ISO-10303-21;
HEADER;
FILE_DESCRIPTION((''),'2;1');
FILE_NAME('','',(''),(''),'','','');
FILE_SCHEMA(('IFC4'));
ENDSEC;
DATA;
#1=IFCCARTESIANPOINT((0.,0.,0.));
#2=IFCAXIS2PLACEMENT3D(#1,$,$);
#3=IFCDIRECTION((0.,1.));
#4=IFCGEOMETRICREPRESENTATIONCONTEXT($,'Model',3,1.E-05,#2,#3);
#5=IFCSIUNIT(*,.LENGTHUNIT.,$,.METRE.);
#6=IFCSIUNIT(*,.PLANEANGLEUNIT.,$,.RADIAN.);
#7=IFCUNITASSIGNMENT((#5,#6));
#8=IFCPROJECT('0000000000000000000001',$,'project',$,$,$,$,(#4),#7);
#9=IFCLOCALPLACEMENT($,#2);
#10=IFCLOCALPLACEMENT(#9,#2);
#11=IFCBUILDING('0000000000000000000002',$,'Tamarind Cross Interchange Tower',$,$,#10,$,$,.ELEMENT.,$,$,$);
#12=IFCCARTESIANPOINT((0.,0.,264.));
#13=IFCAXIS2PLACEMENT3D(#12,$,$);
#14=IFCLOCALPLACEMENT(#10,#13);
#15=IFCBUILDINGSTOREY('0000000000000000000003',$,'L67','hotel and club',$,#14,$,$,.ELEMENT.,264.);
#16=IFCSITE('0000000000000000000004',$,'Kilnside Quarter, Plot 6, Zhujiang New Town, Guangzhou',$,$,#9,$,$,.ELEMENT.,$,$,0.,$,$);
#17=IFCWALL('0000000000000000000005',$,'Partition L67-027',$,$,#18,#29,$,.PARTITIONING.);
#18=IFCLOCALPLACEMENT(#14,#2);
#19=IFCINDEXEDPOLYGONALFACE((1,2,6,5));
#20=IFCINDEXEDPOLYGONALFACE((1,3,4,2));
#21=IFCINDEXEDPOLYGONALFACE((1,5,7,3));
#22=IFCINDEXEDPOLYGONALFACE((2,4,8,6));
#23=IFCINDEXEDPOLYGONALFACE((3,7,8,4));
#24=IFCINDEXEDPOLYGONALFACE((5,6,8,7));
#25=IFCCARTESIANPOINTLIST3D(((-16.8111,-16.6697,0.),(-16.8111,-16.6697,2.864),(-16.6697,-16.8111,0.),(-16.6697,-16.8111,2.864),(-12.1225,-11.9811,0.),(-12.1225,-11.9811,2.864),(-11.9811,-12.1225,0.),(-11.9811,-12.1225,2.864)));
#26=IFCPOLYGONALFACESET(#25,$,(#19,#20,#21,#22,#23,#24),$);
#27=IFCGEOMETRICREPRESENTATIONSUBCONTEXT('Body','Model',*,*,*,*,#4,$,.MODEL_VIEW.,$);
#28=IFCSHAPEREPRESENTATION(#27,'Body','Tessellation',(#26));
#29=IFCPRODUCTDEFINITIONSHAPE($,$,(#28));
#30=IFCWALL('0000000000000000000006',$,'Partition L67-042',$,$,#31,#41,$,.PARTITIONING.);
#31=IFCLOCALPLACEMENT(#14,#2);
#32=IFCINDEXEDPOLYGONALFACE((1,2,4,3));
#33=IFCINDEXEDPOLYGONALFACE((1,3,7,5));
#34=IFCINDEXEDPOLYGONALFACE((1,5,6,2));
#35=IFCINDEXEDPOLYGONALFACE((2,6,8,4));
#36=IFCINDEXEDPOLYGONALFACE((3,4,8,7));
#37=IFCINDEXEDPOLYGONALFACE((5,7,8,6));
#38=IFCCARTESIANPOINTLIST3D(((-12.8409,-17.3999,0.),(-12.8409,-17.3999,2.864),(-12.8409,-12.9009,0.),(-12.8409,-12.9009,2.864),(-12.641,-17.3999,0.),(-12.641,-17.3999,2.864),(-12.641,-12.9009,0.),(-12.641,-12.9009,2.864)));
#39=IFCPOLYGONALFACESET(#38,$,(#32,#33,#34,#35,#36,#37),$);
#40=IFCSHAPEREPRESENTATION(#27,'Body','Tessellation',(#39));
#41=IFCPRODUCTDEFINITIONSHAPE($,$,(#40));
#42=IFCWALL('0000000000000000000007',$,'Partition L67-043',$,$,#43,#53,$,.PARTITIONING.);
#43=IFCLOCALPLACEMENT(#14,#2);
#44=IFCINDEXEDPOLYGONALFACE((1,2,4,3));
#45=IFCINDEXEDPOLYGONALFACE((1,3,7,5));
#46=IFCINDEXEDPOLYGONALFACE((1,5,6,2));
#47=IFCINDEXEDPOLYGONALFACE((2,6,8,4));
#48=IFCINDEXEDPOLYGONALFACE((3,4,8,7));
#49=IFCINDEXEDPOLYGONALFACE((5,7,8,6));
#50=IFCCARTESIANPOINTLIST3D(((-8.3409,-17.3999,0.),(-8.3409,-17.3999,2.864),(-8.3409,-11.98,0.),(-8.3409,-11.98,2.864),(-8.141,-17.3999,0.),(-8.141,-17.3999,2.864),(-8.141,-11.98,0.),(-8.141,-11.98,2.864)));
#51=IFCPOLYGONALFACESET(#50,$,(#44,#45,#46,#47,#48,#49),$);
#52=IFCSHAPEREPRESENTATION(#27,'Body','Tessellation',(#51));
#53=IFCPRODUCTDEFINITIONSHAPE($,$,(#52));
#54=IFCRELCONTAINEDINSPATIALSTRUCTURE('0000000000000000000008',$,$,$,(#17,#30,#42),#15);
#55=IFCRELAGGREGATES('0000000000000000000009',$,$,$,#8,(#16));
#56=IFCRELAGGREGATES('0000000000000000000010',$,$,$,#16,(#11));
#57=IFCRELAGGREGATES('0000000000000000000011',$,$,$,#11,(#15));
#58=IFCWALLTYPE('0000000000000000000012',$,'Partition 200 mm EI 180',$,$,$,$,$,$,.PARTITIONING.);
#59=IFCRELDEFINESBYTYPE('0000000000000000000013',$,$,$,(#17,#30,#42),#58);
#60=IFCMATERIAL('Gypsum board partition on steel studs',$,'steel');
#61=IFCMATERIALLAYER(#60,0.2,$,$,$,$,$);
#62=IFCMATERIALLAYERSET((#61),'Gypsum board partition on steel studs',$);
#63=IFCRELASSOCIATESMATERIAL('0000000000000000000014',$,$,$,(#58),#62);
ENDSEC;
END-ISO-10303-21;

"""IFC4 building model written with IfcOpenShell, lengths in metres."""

from ifc_helpers import new_model, si_unit, direction, frame, frame_2d, origin, place, context, subcontext, project, spatial, rectangle, extrude, material, layer, layer_set, type_object, element, save


model = new_model("IFC4")

# Units and contexts
model_context = context("Model", 3, precision=1e-05, world=origin(), true_north=direction((0.0, 1.0)))
body_context = subcontext(model_context, "Body", "Model", "MODEL_VIEW")
ifc_project = project(units=[si_unit("LENGTHUNIT", "METRE"), si_unit("PLANEANGLEUNIT", "RADIAN")], contexts=[model_context])

# Site, building, storey
site_placement = place(None, origin())
site = spatial("IfcSite", under=ifc_project, at=site_placement, Name="Kilnside Quarter, Plot 6, Zhujiang New Town, Guangzhou", CompositionType="ELEMENT", RefElevation=0.0)
building_placement = place(site_placement, origin())
building = spatial("IfcBuilding", under=site, at=building_placement, Name="Tamarind Cross Interchange Tower", CompositionType="ELEMENT")
storey_placement = place(building_placement, frame((0.0, 0.0, 264.0)))
storey = spatial("IfcBuildingStorey", under=building, at=storey_placement, Name="L67", Description="hotel and club", CompositionType="ELEMENT", Elevation=264.0)

# Shared definitions
ifc_material_1 = material(Name="Gypsum board partition on steel studs", Category="steel")
ifc_layer_1 = layer(ifc_material_1, 0.2)
ifc_layer_set_1 = layer_set([ifc_layer_1], Name="Gypsum board partition on steel studs")
wall_type = type_object("IfcWallType", Name="Partition 200 mm EI 180", PredefinedType="PARTITIONING", material=ifc_layer_set_1)

# Walls
wall_1_placement = place(storey_placement, frame((-16.7405, -16.7405, 0.0), z_axis=(0.0, 0.0, 1.0), x_axis=(0.707107, 0.707107, 0.0)))
element("IfcWall", 1, at=wall_1_placement, inside=storey, type_object=wall_type, Name="Partition L67-027", PredefinedType="PARTITIONING", context=body_context, shape_type="SweptSolid", body=[
    extrude(rectangle(XDim=6.6306, YDim=0.2, at=frame_2d((3.3154, 0.0))), origin(), (0.0, 0.0, 1.0), 2.864),
])
wall_2_placement = place(storey_placement, frame((-12.741, -17.3999, 0.0), z_axis=(0.0, 0.0, 1.0), x_axis=(0.0, 1.0, 0.0)))
element("IfcWall", 2, at=wall_2_placement, inside=storey, type_object=wall_type, Name="Partition L67-042", PredefinedType="PARTITIONING", context=body_context, shape_type="SweptSolid", body=[
    extrude(rectangle(XDim=4.499, YDim=0.2, at=frame_2d((2.2495, 0.0))), origin(), (0.0, 0.0, 1.0), 2.864),
])
wall_3_placement = place(storey_placement, frame((-8.241, -17.3999, 0.0), z_axis=(0.0, 0.0, 1.0), x_axis=(0.0, 1.0, 0.0)))
element("IfcWall", 3, at=wall_3_placement, inside=storey, type_object=wall_type, Name="Partition L67-043", PredefinedType="PARTITIONING", context=body_context, shape_type="SweptSolid", body=[
    extrude(rectangle(XDim=5.4199, YDim=0.2, at=frame_2d((2.71, 0.0))), origin(), (0.0, 0.0, 1.0), 2.864),
])

save(model, "model.ifc")
